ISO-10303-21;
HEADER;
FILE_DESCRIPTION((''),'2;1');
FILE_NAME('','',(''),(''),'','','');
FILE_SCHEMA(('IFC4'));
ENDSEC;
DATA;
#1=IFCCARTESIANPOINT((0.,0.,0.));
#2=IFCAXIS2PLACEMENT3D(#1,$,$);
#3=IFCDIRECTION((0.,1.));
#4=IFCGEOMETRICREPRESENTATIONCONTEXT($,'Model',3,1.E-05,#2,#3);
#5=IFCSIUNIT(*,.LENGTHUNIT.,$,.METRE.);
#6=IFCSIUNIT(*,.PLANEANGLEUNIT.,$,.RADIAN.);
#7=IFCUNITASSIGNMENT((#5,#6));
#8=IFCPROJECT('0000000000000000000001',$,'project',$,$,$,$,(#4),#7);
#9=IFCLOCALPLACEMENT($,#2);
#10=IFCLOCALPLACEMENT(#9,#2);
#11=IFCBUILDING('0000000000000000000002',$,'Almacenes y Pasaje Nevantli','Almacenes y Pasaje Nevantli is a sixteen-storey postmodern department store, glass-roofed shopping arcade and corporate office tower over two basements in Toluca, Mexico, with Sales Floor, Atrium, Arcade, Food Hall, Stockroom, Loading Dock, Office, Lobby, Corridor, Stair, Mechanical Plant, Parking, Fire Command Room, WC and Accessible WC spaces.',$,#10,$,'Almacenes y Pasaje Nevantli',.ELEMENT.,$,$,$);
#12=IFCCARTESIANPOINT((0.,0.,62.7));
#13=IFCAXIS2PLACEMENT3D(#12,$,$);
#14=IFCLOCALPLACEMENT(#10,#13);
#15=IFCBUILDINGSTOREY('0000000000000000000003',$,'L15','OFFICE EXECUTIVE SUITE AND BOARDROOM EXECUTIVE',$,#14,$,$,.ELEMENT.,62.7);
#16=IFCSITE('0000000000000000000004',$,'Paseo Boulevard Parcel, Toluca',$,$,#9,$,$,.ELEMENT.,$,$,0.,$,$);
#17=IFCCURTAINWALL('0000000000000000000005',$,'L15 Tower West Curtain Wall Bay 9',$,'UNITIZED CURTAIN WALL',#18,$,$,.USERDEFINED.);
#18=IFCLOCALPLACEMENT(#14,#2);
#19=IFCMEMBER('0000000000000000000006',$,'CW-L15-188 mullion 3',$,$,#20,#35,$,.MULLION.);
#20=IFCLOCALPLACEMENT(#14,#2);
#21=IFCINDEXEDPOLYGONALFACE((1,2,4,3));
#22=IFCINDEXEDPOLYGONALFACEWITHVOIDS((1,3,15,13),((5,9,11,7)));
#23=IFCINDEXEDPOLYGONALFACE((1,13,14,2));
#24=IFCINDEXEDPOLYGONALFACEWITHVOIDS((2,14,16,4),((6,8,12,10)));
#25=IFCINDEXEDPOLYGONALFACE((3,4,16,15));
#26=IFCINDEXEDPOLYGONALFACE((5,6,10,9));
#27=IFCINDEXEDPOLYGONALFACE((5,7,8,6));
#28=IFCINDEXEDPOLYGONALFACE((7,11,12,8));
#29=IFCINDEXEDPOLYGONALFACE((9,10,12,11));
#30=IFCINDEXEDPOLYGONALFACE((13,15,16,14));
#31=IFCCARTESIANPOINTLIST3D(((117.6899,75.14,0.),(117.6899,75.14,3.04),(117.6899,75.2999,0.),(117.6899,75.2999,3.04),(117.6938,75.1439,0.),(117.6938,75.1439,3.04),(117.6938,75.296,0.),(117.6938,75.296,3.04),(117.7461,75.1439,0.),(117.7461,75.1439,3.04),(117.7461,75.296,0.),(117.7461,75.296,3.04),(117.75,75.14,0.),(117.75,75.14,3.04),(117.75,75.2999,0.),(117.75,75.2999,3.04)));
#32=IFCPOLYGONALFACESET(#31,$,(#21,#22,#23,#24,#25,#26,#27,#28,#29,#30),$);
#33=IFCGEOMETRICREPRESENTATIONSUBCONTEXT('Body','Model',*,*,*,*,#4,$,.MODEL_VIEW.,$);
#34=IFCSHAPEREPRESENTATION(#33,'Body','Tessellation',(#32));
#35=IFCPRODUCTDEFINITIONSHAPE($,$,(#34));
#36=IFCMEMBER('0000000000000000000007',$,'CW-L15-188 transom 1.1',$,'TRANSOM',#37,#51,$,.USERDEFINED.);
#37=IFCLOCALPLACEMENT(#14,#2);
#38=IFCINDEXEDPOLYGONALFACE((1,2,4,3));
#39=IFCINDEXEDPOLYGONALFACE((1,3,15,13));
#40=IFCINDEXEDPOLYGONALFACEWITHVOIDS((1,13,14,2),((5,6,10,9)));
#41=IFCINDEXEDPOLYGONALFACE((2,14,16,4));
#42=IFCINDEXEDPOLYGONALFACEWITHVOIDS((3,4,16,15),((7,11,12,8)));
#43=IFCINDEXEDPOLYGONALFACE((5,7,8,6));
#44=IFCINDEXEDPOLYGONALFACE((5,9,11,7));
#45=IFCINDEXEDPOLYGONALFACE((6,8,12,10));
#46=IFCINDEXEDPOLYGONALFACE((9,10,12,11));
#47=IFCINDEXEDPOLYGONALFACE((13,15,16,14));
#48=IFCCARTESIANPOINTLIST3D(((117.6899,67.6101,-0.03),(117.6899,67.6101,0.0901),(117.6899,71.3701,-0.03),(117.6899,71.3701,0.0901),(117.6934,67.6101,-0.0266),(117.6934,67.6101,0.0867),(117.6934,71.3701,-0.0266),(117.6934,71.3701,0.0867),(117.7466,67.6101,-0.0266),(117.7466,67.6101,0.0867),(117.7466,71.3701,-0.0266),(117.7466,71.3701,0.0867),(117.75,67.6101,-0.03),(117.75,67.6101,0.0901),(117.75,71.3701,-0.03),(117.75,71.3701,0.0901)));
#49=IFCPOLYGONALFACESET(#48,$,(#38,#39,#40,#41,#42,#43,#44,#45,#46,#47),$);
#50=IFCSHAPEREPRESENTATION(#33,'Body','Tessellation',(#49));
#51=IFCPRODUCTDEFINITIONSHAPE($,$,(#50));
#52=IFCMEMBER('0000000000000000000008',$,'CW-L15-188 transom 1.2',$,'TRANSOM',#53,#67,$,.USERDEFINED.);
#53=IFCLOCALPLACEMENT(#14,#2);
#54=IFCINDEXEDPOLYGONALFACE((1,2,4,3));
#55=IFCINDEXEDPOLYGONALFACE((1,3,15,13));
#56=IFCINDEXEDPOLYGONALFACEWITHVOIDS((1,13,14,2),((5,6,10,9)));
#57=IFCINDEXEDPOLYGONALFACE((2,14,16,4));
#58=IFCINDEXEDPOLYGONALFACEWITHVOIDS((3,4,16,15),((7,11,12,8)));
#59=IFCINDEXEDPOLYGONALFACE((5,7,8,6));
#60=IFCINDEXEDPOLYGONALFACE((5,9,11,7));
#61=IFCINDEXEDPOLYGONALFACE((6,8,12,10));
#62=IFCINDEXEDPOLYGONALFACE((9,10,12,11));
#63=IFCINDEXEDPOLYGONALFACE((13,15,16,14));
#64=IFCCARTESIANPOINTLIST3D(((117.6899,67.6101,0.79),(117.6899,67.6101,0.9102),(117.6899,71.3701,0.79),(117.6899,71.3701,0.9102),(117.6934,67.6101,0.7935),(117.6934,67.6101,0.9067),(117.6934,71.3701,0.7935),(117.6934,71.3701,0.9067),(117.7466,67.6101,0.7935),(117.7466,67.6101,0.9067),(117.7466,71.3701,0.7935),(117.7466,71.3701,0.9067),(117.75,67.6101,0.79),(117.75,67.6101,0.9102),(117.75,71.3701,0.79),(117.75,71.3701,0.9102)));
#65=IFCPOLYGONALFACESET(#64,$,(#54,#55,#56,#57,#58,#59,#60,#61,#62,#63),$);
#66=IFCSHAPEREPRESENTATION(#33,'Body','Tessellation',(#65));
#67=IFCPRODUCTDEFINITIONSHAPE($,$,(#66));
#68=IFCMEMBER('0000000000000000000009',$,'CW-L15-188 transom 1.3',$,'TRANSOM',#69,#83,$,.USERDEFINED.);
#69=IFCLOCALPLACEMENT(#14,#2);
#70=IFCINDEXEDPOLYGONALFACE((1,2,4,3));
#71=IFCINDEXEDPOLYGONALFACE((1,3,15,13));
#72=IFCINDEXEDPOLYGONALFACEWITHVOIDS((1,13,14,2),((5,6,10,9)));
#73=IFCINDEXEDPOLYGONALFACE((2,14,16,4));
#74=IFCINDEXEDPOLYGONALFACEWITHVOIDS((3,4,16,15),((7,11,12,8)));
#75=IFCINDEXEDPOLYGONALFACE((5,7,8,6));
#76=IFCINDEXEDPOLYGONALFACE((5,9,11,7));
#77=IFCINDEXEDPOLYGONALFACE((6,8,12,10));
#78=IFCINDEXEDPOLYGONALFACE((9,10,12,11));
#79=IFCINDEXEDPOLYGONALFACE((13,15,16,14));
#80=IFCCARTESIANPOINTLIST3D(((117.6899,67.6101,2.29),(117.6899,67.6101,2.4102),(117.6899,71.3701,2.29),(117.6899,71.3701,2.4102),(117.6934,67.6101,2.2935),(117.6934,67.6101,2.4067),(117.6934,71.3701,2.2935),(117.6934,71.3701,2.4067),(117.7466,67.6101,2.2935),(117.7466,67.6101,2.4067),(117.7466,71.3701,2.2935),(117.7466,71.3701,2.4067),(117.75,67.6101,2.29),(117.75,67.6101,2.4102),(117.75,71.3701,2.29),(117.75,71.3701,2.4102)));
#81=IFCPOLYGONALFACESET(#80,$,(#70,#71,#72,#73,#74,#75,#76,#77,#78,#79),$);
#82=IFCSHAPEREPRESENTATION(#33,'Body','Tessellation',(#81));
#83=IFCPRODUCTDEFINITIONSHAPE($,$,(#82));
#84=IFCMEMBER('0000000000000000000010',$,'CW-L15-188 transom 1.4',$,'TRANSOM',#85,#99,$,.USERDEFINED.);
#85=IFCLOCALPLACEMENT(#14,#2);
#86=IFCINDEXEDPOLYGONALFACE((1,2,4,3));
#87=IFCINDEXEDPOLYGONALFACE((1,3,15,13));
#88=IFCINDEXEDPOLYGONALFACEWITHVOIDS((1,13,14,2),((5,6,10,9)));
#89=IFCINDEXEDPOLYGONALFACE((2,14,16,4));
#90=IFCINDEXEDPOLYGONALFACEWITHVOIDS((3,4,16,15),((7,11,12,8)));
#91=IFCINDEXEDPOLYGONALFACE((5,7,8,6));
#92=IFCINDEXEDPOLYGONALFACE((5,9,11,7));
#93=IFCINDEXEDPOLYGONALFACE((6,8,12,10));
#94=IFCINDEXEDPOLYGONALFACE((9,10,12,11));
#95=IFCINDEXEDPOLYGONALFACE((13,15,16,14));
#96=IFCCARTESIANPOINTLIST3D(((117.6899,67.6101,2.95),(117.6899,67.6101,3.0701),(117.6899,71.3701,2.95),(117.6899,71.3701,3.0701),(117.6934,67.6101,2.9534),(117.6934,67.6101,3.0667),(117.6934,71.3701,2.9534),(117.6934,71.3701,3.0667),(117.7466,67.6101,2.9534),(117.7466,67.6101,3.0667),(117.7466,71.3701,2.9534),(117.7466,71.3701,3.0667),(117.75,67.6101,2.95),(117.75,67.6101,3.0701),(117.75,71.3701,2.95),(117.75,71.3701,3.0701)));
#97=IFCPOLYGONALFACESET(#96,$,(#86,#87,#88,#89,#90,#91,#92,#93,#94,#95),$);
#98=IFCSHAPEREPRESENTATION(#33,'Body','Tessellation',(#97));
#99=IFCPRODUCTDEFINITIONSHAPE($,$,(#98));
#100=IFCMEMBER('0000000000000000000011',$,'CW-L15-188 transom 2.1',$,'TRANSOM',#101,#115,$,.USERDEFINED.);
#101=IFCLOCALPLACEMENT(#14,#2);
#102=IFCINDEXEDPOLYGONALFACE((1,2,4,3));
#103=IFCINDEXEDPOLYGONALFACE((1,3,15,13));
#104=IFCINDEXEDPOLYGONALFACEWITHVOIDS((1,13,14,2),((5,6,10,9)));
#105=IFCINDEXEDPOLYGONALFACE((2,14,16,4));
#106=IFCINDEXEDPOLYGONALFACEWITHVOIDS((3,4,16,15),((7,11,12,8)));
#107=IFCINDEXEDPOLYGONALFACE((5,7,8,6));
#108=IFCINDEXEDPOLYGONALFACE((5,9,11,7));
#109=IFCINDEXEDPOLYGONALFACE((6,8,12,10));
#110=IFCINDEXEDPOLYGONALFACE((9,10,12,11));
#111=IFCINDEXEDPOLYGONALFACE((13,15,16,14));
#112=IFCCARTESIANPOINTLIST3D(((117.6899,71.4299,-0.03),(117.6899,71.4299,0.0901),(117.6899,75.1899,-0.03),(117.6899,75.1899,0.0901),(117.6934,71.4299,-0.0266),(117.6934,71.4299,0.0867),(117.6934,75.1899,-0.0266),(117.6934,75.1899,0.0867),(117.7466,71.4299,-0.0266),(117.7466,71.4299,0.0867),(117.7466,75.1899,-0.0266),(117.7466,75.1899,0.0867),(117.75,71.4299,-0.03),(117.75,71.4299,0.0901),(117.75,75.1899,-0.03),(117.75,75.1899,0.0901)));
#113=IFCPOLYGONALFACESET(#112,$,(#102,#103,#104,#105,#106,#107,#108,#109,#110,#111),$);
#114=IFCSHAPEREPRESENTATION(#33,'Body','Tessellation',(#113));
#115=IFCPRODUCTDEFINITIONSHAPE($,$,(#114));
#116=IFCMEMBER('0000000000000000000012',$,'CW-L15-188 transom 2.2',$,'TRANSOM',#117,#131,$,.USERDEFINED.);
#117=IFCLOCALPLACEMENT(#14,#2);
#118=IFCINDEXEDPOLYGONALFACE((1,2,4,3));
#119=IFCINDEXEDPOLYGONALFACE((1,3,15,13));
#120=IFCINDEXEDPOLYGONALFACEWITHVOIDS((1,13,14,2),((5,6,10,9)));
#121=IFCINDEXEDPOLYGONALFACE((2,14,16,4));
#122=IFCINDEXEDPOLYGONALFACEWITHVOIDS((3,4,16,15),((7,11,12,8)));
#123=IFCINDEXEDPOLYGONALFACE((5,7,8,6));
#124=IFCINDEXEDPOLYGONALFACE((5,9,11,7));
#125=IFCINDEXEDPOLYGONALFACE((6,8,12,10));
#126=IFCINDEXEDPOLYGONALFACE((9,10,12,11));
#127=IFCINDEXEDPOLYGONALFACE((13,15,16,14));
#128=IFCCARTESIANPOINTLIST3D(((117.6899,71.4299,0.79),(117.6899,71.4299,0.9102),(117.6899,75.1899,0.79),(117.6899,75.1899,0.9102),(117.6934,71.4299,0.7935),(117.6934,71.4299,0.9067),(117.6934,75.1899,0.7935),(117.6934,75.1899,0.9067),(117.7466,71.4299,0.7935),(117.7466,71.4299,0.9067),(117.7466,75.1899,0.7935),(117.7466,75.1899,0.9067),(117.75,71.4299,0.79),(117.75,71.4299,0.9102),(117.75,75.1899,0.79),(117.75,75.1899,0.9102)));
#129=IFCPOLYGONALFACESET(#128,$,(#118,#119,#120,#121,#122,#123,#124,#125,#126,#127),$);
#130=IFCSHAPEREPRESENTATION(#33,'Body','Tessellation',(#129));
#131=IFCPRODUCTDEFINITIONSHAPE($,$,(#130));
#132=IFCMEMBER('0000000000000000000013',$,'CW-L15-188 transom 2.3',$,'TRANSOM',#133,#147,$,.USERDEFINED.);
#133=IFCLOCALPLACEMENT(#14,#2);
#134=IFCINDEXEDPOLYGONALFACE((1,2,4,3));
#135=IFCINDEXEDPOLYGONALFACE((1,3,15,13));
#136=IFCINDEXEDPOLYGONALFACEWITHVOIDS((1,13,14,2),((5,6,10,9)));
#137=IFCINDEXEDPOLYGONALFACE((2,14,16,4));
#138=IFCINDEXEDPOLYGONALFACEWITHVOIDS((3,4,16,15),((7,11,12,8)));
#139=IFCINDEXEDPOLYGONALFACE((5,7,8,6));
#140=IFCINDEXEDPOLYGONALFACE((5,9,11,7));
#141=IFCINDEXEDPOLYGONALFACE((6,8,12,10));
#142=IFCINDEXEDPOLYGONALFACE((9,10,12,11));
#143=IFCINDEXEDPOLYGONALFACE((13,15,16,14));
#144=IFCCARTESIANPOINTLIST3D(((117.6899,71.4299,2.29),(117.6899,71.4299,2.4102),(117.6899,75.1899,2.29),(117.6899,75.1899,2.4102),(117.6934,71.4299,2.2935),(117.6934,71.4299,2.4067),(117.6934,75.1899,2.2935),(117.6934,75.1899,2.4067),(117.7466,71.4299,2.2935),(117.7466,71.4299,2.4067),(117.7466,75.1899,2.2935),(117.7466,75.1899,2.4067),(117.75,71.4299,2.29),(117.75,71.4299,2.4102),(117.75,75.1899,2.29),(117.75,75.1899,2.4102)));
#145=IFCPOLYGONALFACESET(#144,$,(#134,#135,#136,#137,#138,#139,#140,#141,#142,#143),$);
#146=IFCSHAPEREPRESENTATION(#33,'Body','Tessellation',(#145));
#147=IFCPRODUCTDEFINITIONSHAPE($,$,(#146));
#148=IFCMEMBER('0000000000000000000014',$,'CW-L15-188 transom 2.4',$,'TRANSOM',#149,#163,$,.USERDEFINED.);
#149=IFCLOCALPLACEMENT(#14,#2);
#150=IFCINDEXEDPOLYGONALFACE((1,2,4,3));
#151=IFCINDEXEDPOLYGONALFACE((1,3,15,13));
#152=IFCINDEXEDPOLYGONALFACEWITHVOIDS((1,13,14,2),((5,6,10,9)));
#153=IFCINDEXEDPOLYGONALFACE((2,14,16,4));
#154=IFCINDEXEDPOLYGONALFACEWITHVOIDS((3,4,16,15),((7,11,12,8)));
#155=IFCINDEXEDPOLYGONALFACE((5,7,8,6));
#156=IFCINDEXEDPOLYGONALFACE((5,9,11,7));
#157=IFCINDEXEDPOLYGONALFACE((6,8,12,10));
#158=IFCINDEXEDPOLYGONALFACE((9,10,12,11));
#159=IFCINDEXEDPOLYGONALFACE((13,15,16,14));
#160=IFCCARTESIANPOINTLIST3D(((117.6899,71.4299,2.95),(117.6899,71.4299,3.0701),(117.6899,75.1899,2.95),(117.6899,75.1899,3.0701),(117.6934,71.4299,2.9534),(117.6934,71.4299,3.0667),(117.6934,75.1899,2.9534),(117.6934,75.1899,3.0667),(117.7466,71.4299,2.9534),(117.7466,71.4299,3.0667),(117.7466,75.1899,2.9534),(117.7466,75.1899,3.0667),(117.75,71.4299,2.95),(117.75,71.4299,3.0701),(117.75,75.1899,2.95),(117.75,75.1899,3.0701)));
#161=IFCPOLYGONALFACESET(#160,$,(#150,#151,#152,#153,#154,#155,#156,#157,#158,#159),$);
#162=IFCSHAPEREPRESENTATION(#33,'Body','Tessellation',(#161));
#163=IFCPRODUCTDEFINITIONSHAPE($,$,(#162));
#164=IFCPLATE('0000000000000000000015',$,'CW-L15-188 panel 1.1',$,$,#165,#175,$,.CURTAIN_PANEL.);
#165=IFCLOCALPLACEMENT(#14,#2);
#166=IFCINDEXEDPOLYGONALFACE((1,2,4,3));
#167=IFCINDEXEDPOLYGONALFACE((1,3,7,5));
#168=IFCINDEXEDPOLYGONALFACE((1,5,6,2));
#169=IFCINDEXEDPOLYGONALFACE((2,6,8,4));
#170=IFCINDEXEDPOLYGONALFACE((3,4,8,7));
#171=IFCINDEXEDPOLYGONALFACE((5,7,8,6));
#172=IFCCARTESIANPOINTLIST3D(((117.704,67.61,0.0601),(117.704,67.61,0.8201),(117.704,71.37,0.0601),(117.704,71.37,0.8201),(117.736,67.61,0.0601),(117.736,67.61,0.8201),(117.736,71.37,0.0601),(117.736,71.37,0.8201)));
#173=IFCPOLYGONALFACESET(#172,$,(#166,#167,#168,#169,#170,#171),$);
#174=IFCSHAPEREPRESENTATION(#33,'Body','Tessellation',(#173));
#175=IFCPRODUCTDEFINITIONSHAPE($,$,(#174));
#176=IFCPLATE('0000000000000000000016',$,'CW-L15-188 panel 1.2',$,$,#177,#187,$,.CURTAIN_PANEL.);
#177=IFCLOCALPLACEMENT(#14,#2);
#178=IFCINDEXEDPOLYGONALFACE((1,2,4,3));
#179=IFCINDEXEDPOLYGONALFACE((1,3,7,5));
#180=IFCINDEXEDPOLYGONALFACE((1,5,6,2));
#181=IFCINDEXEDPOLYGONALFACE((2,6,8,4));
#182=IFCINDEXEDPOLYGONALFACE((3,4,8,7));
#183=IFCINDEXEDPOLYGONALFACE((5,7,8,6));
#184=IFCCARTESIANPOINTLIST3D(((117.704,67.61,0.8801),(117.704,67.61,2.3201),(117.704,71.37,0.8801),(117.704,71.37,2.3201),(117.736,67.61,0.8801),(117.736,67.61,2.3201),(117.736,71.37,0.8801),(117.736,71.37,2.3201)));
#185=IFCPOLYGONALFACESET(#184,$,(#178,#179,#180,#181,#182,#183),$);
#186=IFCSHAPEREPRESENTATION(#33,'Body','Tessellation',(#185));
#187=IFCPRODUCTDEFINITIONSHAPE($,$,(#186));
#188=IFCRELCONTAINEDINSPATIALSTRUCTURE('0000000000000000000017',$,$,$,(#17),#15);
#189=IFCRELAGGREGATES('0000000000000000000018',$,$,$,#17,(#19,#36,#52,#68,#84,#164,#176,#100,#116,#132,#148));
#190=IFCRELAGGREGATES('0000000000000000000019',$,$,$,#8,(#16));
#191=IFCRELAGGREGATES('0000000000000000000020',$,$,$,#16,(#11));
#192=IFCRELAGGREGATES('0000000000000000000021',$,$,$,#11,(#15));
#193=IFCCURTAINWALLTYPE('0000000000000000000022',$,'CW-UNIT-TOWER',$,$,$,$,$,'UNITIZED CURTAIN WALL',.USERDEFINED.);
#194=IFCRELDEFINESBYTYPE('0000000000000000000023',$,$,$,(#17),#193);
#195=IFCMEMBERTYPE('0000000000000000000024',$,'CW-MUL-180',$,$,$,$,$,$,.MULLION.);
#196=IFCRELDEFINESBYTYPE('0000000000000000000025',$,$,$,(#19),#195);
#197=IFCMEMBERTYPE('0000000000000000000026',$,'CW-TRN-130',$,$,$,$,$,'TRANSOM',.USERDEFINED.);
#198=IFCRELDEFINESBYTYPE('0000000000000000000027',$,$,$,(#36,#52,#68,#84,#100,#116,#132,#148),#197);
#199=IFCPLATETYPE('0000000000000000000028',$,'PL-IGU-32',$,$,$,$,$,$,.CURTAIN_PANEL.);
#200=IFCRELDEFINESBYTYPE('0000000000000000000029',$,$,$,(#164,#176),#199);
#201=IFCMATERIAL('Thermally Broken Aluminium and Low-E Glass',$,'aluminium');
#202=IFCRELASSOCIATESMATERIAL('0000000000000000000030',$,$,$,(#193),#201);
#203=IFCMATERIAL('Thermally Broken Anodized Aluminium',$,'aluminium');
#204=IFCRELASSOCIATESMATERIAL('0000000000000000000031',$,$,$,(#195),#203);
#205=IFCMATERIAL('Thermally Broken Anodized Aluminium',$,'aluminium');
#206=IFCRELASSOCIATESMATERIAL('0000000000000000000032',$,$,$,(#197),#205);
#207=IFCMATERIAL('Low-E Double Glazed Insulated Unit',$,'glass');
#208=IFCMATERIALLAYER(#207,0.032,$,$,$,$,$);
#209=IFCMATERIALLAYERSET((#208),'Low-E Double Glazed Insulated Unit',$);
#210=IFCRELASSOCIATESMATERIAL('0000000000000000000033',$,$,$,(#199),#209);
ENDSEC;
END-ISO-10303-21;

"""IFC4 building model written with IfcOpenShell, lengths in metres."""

from ifc_helpers import new_model, si_unit, direction, frame, origin, origin_2d, place, context, subcontext, project, spatial, rectangle, hollow_rectangle, extrude, material, layer, layer_set, material_profile, profile_set, type_object, element, aggregate, save


model = new_model("IFC4")

# Units and contexts
model_context = context("Model", 3, precision=1e-05, world=origin(), true_north=direction((0.0, 1.0)))
body_context = subcontext(model_context, "Body", "Model", "MODEL_VIEW")
ifc_project = project(units=[si_unit("LENGTHUNIT", "METRE"), si_unit("PLANEANGLEUNIT", "RADIAN")], contexts=[model_context])

# Site, building, storey
site_placement = place(None, origin())
site = spatial("IfcSite", under=ifc_project, at=site_placement, Name="Paseo Boulevard Parcel, Toluca", CompositionType="ELEMENT", RefElevation=0.0)
building_placement = place(site_placement, origin())
building = spatial("IfcBuilding", under=site, at=building_placement, Name="Almacenes y Pasaje Nevantli", Description="Almacenes y Pasaje Nevantli is a sixteen-storey postmodern department store, glass-roofed shopping arcade and corporate office tower over two basements in Toluca, Mexico, with Sales Floor, Atrium, Arcade, Food Hall, Stockroom, Loading Dock, Office, Lobby, Corridor, Stair, Mechanical Plant, Parking, Fire Command Room, WC and Accessible WC spaces.", LongName="Almacenes y Pasaje Nevantli", CompositionType="ELEMENT")
storey_placement = place(building_placement, frame((0.0, 0.0, 62.7)))
storey = spatial("IfcBuildingStorey", under=building, at=storey_placement, Name="L15", Description="OFFICE EXECUTIVE SUITE AND BOARDROOM EXECUTIVE", CompositionType="ELEMENT", Elevation=62.7)

# Curtain wall, members, plates
ifc_material_1 = material(Name="Thermally Broken Aluminium and Low-E Glass", Category="aluminium")
curtain_wall_type = type_object("IfcCurtainWallType", Name="CW-UNIT-TOWER", ElementType="UNITIZED CURTAIN WALL", PredefinedType="USERDEFINED", material=ifc_material_1)
curtain_wall_placement = place(storey_placement, origin())
curtain_wall = element("IfcCurtainWall", 1, at=curtain_wall_placement, inside=storey, type_object=curtain_wall_type, Name="L15 Tower West Curtain Wall Bay 9", ObjectType="UNITIZED CURTAIN WALL", PredefinedType="USERDEFINED")
ifc_material_2 = material(Name="Thermally Broken Anodized Aluminium", Category="aluminium")
ifc_material_profile_1 = material_profile(ifc_material_2, hollow_rectangle(XDim=0.0601, YDim=0.1599, WallThickness=0.0039, at=origin_2d()), Name="ALU-MUL-60x160")
ifc_profile_set_1 = profile_set([ifc_material_profile_1], Name="Thermally Broken Anodized Aluminium")
member_type_1 = type_object("IfcMemberType", Name="CW-MUL-180", PredefinedType="MULLION", material=ifc_profile_set_1)
member_1_placement = place(storey_placement, frame((117.72, 75.22, 0.0), z_axis=(0.0, 0.0, 1.0), x_axis=(-1.0, 0.0, 0.0)))
member_1 = element("IfcMember", 2, at=member_1_placement, type_object=member_type_1, Name="CW-L15-188 mullion 3", PredefinedType="MULLION", context=body_context, shape_type="SweptSolid", body=[
    extrude(hollow_rectangle(XDim=0.0601, YDim=0.1599, WallThickness=0.0039, at=origin_2d()), origin(), (0.0, 0.0, 1.0), 3.04),
])
ifc_material_3 = material(Name="Thermally Broken Anodized Aluminium", Category="aluminium")
ifc_material_profile_2 = material_profile(ifc_material_3, hollow_rectangle(XDim=0.0601, YDim=0.1201, WallThickness=0.0034, at=origin_2d()), Name="ALU-TRN-60x120")
ifc_profile_set_2 = profile_set([ifc_material_profile_2], Name="Thermally Broken Anodized Aluminium")
member_type_2 = type_object("IfcMemberType", Name="CW-TRN-130", ElementType="TRANSOM", PredefinedType="USERDEFINED", material=ifc_profile_set_2)
member_2_placement = place(storey_placement, frame((117.72, 67.6101, 0.03), z_axis=(0.0, 1.0, 0.0), x_axis=(-1.0, 0.0, 0.0)))
member_2 = element("IfcMember", 3, at=member_2_placement, type_object=member_type_2, Name="CW-L15-188 transom 1.1", ObjectType="TRANSOM", PredefinedType="USERDEFINED", context=body_context, shape_type="SweptSolid", body=[
    extrude(hollow_rectangle(XDim=0.0601, YDim=0.1201, WallThickness=0.0034, at=origin_2d()), origin(), (0.0, 0.0, 1.0), 3.76),
])
member_3_placement = place(storey_placement, frame((117.72, 67.6101, 0.8501), z_axis=(0.0, 1.0, 0.0), x_axis=(-1.0, 0.0, 0.0)))
member_3 = element("IfcMember", 4, at=member_3_placement, type_object=member_type_2, Name="CW-L15-188 transom 1.2", ObjectType="TRANSOM", PredefinedType="USERDEFINED", context=body_context, shape_type="SweptSolid", body=[
    extrude(hollow_rectangle(XDim=0.0601, YDim=0.1201, WallThickness=0.0034, at=origin_2d()), origin(), (0.0, 0.0, 1.0), 3.76),
])
member_4_placement = place(storey_placement, frame((117.72, 67.6101, 2.3501), z_axis=(0.0, 1.0, 0.0), x_axis=(-1.0, 0.0, 0.0)))
member_4 = element("IfcMember", 5, at=member_4_placement, type_object=member_type_2, Name="CW-L15-188 transom 1.3", ObjectType="TRANSOM", PredefinedType="USERDEFINED", context=body_context, shape_type="SweptSolid", body=[
    extrude(hollow_rectangle(XDim=0.0601, YDim=0.1201, WallThickness=0.0034, at=origin_2d()), origin(), (0.0, 0.0, 1.0), 3.76),
])
member_5_placement = place(storey_placement, frame((117.72, 67.6101, 3.01), z_axis=(0.0, 1.0, 0.0), x_axis=(-1.0, 0.0, 0.0)))
member_5 = element("IfcMember", 6, at=member_5_placement, type_object=member_type_2, Name="CW-L15-188 transom 1.4", ObjectType="TRANSOM", PredefinedType="USERDEFINED", context=body_context, shape_type="SweptSolid", body=[
    extrude(hollow_rectangle(XDim=0.0601, YDim=0.1201, WallThickness=0.0034, at=origin_2d()), origin(), (0.0, 0.0, 1.0), 3.76),
])
member_6_placement = place(storey_placement, frame((117.72, 71.4299, 0.03), z_axis=(0.0, 1.0, 0.0), x_axis=(-1.0, 0.0, 0.0)))
member_6 = element("IfcMember", 7, at=member_6_placement, type_object=member_type_2, Name="CW-L15-188 transom 2.1", ObjectType="TRANSOM", PredefinedType="USERDEFINED", context=body_context, shape_type="SweptSolid", body=[
    extrude(hollow_rectangle(XDim=0.0601, YDim=0.1201, WallThickness=0.0034, at=origin_2d()), origin(), (0.0, 0.0, 1.0), 3.76),
])
member_7_placement = place(storey_placement, frame((117.72, 71.4299, 0.8501), z_axis=(0.0, 1.0, 0.0), x_axis=(-1.0, 0.0, 0.0)))
member_7 = element("IfcMember", 8, at=member_7_placement, type_object=member_type_2, Name="CW-L15-188 transom 2.2", ObjectType="TRANSOM", PredefinedType="USERDEFINED", context=body_context, shape_type="SweptSolid", body=[
    extrude(hollow_rectangle(XDim=0.0601, YDim=0.1201, WallThickness=0.0034, at=origin_2d()), origin(), (0.0, 0.0, 1.0), 3.76),
])
member_8_placement = place(storey_placement, frame((117.72, 71.4299, 2.3501), z_axis=(0.0, 1.0, 0.0), x_axis=(-1.0, 0.0, 0.0)))
member_8 = element("IfcMember", 9, at=member_8_placement, type_object=member_type_2, Name="CW-L15-188 transom 2.3", ObjectType="TRANSOM", PredefinedType="USERDEFINED", context=body_context, shape_type="SweptSolid", body=[
    extrude(hollow_rectangle(XDim=0.0601, YDim=0.1201, WallThickness=0.0034, at=origin_2d()), origin(), (0.0, 0.0, 1.0), 3.76),
])
member_9_placement = place(storey_placement, frame((117.72, 71.4299, 3.01), z_axis=(0.0, 1.0, 0.0), x_axis=(-1.0, 0.0, 0.0)))
member_9 = element("IfcMember", 10, at=member_9_placement, type_object=member_type_2, Name="CW-L15-188 transom 2.4", ObjectType="TRANSOM", PredefinedType="USERDEFINED", context=body_context, shape_type="SweptSolid", body=[
    extrude(hollow_rectangle(XDim=0.0601, YDim=0.1201, WallThickness=0.0034, at=origin_2d()), origin(), (0.0, 0.0, 1.0), 3.76),
])
ifc_material_4 = material(Name="Low-E Double Glazed Insulated Unit", Category="glass")
ifc_layer_1 = layer(ifc_material_4, 0.032)
ifc_layer_set_1 = layer_set([ifc_layer_1], Name="Low-E Double Glazed Insulated Unit")
plate_type = type_object("IfcPlateType", Name="PL-IGU-32", PredefinedType="CURTAIN_PANEL", material=ifc_layer_set_1)
plate_1_placement = place(storey_placement, frame((117.72, 69.49, 0.0601), z_axis=(0.0, 0.0, 1.0), x_axis=(0.0, 1.0, 0.0)))
plate_1 = element("IfcPlate", 11, at=plate_1_placement, type_object=plate_type, Name="CW-L15-188 panel 1.1", PredefinedType="CURTAIN_PANEL", context=body_context, shape_type="SweptSolid", body=[
    extrude(rectangle(XDim=3.76, YDim=0.032, at=origin_2d()), origin(), (0.0, 0.0, 1.0), 0.76),
])
plate_2_placement = place(storey_placement, frame((117.72, 69.49, 0.8801), z_axis=(0.0, 0.0, 1.0), x_axis=(0.0, 1.0, 0.0)))
plate_2 = element("IfcPlate", 12, at=plate_2_placement, type_object=plate_type, Name="CW-L15-188 panel 1.2", PredefinedType="CURTAIN_PANEL", context=body_context, shape_type="SweptSolid", body=[
    extrude(rectangle(XDim=3.76, YDim=0.032, at=origin_2d()), origin(), (0.0, 0.0, 1.0), 1.4399),
])
aggregate(curtain_wall, [member_1, member_2, member_3, member_4, member_5, plate_1, plate_2, member_6, member_7, member_8, member_9])

save(model, "model.ifc")
